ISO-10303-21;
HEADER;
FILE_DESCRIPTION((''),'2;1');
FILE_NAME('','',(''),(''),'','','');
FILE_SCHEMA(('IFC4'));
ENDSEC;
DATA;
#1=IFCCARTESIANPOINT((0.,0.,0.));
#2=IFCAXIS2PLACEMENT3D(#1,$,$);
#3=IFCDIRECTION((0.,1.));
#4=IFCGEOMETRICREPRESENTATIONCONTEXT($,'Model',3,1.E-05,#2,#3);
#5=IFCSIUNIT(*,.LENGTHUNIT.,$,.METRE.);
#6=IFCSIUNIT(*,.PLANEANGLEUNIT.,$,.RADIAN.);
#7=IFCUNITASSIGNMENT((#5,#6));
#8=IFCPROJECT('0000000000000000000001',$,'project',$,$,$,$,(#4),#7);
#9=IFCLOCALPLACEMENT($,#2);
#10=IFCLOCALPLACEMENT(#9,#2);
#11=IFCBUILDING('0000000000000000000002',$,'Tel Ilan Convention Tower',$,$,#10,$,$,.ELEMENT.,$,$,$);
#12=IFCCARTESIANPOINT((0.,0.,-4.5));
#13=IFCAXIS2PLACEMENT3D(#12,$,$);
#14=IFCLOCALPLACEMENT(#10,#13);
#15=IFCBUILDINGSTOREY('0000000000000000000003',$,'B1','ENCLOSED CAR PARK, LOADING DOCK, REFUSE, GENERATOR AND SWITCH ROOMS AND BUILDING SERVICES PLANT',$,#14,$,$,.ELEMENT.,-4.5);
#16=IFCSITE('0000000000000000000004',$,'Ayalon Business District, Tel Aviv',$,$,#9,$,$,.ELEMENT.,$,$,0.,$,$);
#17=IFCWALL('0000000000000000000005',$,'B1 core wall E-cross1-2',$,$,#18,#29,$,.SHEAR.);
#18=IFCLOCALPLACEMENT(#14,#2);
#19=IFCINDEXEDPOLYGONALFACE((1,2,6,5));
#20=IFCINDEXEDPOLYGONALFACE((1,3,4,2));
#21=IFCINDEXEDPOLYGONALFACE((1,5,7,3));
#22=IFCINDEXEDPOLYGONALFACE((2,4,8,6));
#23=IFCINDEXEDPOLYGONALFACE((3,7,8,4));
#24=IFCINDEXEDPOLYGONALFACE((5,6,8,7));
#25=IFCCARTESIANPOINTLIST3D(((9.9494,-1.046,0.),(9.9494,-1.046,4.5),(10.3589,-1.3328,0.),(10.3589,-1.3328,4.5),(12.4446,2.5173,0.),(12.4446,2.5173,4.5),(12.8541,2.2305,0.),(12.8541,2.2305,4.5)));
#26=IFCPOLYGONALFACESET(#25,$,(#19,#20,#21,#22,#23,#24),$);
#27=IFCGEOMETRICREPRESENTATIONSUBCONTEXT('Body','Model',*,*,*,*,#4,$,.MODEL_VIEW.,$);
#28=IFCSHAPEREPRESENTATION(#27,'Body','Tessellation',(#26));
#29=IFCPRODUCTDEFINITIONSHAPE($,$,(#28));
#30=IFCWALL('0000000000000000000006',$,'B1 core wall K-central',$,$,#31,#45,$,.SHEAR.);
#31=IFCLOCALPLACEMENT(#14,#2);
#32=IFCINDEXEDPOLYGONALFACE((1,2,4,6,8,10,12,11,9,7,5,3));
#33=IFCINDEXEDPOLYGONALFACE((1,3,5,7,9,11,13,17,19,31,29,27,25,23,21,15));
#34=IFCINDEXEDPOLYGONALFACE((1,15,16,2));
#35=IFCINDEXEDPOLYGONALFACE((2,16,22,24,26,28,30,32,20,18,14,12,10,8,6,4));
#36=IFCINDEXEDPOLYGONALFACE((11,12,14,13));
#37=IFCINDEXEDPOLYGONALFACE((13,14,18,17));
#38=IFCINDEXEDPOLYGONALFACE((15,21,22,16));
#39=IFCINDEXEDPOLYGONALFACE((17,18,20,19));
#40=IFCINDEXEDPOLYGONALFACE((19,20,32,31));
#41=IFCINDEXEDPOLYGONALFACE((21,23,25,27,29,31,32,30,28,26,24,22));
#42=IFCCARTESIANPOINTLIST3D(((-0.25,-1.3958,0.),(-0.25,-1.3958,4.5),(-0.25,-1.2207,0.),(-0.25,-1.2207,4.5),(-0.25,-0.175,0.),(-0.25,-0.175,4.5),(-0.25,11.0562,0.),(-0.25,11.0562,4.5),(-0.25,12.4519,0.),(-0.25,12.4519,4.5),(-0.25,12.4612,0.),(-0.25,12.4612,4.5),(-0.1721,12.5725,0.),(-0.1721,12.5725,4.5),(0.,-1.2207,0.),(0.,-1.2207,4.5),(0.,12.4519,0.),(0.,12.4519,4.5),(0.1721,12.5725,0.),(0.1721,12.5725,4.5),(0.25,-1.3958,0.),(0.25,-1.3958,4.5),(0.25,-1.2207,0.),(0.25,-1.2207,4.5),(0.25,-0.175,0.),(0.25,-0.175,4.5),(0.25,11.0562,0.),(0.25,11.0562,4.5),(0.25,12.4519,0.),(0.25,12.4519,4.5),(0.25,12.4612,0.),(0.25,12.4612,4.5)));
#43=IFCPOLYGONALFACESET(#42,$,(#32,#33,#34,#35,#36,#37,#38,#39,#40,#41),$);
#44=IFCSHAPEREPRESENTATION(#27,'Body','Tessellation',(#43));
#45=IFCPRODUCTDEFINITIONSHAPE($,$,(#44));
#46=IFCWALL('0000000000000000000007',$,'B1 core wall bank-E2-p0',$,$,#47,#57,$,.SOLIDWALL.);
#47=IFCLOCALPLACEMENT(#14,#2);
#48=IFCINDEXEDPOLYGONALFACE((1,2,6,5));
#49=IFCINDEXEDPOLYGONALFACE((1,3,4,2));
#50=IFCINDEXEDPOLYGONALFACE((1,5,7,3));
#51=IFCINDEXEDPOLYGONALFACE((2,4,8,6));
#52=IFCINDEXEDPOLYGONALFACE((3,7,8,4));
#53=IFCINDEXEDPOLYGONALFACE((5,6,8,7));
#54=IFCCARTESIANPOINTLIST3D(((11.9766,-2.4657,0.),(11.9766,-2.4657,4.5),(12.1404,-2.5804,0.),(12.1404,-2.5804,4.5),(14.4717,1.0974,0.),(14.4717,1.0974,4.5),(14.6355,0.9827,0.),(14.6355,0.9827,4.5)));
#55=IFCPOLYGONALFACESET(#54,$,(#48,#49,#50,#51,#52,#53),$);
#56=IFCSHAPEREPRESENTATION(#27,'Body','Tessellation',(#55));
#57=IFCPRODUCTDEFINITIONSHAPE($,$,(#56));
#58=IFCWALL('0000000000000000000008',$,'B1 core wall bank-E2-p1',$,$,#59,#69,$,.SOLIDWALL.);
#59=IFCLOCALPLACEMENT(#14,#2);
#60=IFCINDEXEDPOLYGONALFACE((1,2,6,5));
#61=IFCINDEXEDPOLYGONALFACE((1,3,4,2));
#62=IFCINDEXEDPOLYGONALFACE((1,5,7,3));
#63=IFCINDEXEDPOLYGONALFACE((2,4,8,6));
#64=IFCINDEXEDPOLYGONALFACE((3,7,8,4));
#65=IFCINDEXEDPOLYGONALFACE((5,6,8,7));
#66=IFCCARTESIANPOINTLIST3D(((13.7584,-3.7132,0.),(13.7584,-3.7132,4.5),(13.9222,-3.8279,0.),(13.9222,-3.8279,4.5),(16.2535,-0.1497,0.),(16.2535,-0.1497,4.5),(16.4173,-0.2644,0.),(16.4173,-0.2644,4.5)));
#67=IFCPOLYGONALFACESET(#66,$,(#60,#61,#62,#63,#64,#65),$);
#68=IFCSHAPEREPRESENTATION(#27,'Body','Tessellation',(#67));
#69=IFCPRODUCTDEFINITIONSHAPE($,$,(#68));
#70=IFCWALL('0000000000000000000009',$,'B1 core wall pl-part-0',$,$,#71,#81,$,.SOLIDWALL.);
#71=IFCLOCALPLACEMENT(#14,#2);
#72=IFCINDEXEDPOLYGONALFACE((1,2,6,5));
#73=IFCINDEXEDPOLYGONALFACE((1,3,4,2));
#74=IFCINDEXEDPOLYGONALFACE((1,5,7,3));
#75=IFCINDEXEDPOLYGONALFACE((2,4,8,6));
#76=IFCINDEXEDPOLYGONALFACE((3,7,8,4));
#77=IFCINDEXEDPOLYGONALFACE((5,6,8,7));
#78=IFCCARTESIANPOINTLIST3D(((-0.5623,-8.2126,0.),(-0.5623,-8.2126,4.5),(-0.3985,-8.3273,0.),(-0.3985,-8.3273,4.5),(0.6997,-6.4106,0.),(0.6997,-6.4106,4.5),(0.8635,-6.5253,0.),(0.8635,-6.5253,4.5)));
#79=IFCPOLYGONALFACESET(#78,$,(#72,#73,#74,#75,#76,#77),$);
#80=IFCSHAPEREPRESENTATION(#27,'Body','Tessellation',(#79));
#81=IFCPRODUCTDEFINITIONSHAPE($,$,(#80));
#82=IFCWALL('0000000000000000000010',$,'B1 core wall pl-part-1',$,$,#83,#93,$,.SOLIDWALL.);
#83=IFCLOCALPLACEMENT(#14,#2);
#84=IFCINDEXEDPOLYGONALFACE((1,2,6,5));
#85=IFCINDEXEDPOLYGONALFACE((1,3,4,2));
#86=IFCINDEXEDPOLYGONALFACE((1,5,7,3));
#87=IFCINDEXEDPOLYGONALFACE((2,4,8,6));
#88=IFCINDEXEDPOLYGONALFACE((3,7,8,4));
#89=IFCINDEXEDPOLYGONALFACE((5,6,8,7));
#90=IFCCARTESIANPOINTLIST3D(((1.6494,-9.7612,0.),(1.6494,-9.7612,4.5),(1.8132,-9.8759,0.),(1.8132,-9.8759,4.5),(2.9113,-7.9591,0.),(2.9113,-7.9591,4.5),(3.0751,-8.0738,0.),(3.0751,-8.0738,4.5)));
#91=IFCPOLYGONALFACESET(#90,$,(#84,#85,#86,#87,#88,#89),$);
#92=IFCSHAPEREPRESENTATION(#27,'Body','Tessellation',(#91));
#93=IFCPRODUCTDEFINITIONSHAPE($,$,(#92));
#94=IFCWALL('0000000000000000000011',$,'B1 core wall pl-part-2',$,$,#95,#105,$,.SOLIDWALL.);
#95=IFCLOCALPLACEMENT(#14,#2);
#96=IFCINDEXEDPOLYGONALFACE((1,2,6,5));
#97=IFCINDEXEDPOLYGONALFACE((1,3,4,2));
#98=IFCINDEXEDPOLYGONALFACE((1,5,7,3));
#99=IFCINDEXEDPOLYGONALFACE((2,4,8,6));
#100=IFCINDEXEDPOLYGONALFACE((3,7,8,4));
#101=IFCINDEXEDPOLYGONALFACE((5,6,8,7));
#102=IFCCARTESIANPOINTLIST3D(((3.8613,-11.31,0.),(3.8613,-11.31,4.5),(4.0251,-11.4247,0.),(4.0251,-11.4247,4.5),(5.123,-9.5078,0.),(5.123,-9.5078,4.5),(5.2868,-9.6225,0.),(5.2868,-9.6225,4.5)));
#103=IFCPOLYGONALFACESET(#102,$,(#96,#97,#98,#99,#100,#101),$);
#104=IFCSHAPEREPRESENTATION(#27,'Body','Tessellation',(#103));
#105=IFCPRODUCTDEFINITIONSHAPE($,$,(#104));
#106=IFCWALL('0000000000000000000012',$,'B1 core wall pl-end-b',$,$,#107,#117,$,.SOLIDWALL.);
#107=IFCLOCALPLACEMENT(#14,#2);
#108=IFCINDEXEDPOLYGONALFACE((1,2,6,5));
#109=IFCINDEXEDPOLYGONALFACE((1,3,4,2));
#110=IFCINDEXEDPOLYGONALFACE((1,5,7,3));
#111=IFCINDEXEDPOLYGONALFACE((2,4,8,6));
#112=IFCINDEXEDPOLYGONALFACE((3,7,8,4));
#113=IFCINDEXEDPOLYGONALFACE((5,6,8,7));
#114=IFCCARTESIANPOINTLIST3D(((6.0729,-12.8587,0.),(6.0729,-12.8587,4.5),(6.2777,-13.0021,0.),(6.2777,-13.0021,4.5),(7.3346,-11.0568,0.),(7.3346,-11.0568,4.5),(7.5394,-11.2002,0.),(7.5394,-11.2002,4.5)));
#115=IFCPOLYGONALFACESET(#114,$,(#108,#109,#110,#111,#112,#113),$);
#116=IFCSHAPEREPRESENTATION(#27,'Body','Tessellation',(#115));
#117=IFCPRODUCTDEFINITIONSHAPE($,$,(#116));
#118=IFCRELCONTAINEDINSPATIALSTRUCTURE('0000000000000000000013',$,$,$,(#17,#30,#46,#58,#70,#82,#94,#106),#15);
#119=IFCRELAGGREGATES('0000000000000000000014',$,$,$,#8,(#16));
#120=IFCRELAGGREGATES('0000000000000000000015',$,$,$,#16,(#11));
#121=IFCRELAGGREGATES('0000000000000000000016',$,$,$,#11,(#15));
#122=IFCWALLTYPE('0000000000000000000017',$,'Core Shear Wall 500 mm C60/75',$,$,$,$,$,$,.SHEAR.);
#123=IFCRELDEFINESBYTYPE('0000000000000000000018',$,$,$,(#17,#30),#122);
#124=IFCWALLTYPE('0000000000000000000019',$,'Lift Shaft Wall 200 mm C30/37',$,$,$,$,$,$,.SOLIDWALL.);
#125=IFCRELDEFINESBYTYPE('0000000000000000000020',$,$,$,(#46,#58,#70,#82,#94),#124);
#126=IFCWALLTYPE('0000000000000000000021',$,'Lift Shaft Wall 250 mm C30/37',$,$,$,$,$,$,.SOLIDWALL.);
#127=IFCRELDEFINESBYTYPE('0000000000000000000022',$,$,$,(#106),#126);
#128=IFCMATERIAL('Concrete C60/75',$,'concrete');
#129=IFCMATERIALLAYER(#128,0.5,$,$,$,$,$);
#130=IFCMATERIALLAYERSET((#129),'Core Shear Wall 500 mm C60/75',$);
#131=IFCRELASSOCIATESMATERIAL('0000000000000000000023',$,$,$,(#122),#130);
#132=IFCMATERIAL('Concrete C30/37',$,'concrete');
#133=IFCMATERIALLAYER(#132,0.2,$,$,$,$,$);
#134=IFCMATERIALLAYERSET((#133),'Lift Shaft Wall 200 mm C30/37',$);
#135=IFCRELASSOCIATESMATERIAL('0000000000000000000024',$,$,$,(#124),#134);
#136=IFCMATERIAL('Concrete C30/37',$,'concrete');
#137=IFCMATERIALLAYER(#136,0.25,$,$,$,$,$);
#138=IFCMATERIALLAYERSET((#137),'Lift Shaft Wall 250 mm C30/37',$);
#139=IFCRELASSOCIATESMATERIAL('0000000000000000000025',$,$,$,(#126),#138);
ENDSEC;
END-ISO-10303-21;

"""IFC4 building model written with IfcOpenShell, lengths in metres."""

from ifc_helpers import new_model, si_unit, direction, frame, frame_2d, origin, place, context, subcontext, project, spatial, polyline, rectangle, outline, extrude, material, layer, layer_set, type_object, element, save


model = new_model("IFC4")

# Units and contexts
model_context = context("Model", 3, precision=1e-05, world=origin(), true_north=direction((0.0, 1.0)))
body_context = subcontext(model_context, "Body", "Model", "MODEL_VIEW")
ifc_project = project(units=[si_unit("LENGTHUNIT", "METRE"), si_unit("PLANEANGLEUNIT", "RADIAN")], contexts=[model_context])

# Site, building, storey
site_placement = place(None, origin())
site = spatial("IfcSite", under=ifc_project, at=site_placement, Name="Ayalon Business District, Tel Aviv", CompositionType="ELEMENT", RefElevation=0.0)
building_placement = place(site_placement, origin())
building = spatial("IfcBuilding", under=site, at=building_placement, Name="Tel Ilan Convention Tower", CompositionType="ELEMENT")
storey_placement = place(building_placement, frame((0.0, 0.0, -4.5)))
storey = spatial("IfcBuildingStorey", under=building, at=storey_placement, Name="B1", Description="ENCLOSED CAR PARK, LOADING DOCK, REFUSE, GENERATOR AND SWITCH ROOMS AND BUILDING SERVICES PLANT", CompositionType="ELEMENT", Elevation=-4.5)

# Walls
ifc_material_1 = material(Name="Concrete C60/75", Category="concrete")
ifc_layer_1 = layer(ifc_material_1, 0.5)
ifc_layer_set_1 = layer_set([ifc_layer_1], Name="Core Shear Wall 500 mm C60/75")
wall_type_1 = type_object("IfcWallType", Name="Core Shear Wall 500 mm C60/75", PredefinedType="SHEAR", material=ifc_layer_set_1)
wall_1_placement = place(storey_placement, frame((10.1543, -1.1892, 0.0), z_axis=(0.0, 0.0, 1.0), x_axis=(0.573594, 0.81914, 0.0)))
element("IfcWall", 1, at=wall_1_placement, inside=storey, type_object=wall_type_1, Name="B1 core wall E-cross1-2", PredefinedType="SHEAR", context=body_context, shape_type="SweptSolid", body=[
    extrude(outline(polyline([(4.3499, -0.25), (4.3499, 0.25), (-0.0002, 0.25), (-0.0002, -0.25), (4.3499, -0.25)])), origin(), (0.0, 0.0, 1.0), 4.5),
])
wall_2_placement = place(storey_placement, frame((0.0, -1.3958, 0.0), z_axis=(0.0, 0.0, 1.0), x_axis=(0.0, 1.0, 0.0)))
element("IfcWall", 2, at=wall_2_placement, inside=storey, type_object=wall_type_1, Name="B1 core wall K-central", PredefinedType="SHEAR", context=body_context, shape_type="SweptSolid", body=[
    extrude(outline(polyline([(0.0, -0.25), (0.175, -0.25), (1.2207, -0.25), (12.4519, -0.25), (13.8477, -0.25), (13.8569, -0.25), (13.9683, -0.1721), (13.8477, 0.0), (13.9683, 0.1721), (13.8569, 0.25), (13.8477, 0.25), (12.4519, 0.25), (1.2207, 0.25), (0.175, 0.25), (0.0, 0.25), (0.175, 0.0), (0.0, -0.25)])), origin(), (0.0, 0.0, 1.0), 4.5),
])
ifc_material_2 = material(Name="Concrete C30/37", Category="concrete")
ifc_layer_2 = layer(ifc_material_2, 0.2)
ifc_layer_set_2 = layer_set([ifc_layer_2], Name="Lift Shaft Wall 200 mm C30/37")
wall_type_2 = type_object("IfcWallType", Name="Lift Shaft Wall 200 mm C30/37", PredefinedType="SOLIDWALL", material=ifc_layer_set_2)
wall_3_placement = place(storey_placement, frame((12.0586, -2.5229, 0.0), z_axis=(0.0, 0.0, 1.0), x_axis=(0.573594, 0.81914, 0.0)))
element("IfcWall", 3, at=wall_3_placement, inside=storey, type_object=wall_type_2, Name="B1 core wall bank-E2-p0", PredefinedType="SOLIDWALL", context=body_context, shape_type="SweptSolid", body=[
    extrude(rectangle(XDim=4.3499, YDim=0.2, at=frame_2d((2.1748, 0.0))), origin(), (0.0, 0.0, 1.0), 4.5),
])
wall_4_placement = place(storey_placement, frame((13.8403, -3.7705, 0.0), z_axis=(0.0, 0.0, 1.0), x_axis=(0.573568, 0.819158, 0.0)))
element("IfcWall", 4, at=wall_4_placement, inside=storey, type_object=wall_type_2, Name="B1 core wall bank-E2-p1", PredefinedType="SOLIDWALL", context=body_context, shape_type="SweptSolid", body=[
    extrude(rectangle(XDim=4.3501, YDim=0.2, at=frame_2d((2.175, 0.0))), origin(), (0.0, 0.0, 1.0), 4.5),
])
for number, where, z_axis, x_axis, name in (
    (5, (-0.4805, -8.27, 0.0), (0.0, 0.0, 1.0), (0.573634, 0.819112, 0.0), "B1 core wall pl-part-0"),
    (6, (1.7312, -9.8186, 0.0), (0.0, 0.0, 1.0), (0.573634, 0.819112, 0.0), "B1 core wall pl-part-1"),
    (7, (3.9431, -11.3674, 0.0), (0.0, 0.0, 1.0), (0.573507, 0.819201, 0.0), "B1 core wall pl-part-2"),
):
    element("IfcWall", number, at=place(storey_placement, frame(where, z_axis=z_axis, x_axis=x_axis)), inside=storey, type_object=wall_type_2, Name=name, PredefinedType="SOLIDWALL", context=body_context, shape_type="SweptSolid", body=[
        extrude(rectangle(XDim=2.2, YDim=0.2, at=frame_2d((1.1001, 0.0))), origin(), (0.0, 0.0, 1.0), 4.5),
    ])
ifc_material_3 = material(Name="Concrete C30/37", Category="concrete")
ifc_layer_3 = layer(ifc_material_3, 0.25)
ifc_layer_set_3 = layer_set([ifc_layer_3], Name="Lift Shaft Wall 250 mm C30/37")
wall_type_3 = type_object("IfcWallType", Name="Lift Shaft Wall 250 mm C30/37", PredefinedType="SOLIDWALL", material=ifc_layer_set_3)
wall_5_placement = place(storey_placement, frame((6.1753, -12.9304, 0.0), z_axis=(0.0, 0.0, 1.0), x_axis=(0.573559, 0.819164, 0.0)))
element("IfcWall", 8, at=wall_5_placement, inside=storey, type_object=wall_type_3, Name="B1 core wall pl-end-b", PredefinedType="SOLIDWALL", context=body_context, shape_type="SweptSolid", body=[
    extrude(rectangle(XDim=2.1997, YDim=0.25, at=frame_2d((1.0999, 0.0))), origin(), (0.0, 0.0, 1.0), 4.5),
])

save(model, "model.ifc")
